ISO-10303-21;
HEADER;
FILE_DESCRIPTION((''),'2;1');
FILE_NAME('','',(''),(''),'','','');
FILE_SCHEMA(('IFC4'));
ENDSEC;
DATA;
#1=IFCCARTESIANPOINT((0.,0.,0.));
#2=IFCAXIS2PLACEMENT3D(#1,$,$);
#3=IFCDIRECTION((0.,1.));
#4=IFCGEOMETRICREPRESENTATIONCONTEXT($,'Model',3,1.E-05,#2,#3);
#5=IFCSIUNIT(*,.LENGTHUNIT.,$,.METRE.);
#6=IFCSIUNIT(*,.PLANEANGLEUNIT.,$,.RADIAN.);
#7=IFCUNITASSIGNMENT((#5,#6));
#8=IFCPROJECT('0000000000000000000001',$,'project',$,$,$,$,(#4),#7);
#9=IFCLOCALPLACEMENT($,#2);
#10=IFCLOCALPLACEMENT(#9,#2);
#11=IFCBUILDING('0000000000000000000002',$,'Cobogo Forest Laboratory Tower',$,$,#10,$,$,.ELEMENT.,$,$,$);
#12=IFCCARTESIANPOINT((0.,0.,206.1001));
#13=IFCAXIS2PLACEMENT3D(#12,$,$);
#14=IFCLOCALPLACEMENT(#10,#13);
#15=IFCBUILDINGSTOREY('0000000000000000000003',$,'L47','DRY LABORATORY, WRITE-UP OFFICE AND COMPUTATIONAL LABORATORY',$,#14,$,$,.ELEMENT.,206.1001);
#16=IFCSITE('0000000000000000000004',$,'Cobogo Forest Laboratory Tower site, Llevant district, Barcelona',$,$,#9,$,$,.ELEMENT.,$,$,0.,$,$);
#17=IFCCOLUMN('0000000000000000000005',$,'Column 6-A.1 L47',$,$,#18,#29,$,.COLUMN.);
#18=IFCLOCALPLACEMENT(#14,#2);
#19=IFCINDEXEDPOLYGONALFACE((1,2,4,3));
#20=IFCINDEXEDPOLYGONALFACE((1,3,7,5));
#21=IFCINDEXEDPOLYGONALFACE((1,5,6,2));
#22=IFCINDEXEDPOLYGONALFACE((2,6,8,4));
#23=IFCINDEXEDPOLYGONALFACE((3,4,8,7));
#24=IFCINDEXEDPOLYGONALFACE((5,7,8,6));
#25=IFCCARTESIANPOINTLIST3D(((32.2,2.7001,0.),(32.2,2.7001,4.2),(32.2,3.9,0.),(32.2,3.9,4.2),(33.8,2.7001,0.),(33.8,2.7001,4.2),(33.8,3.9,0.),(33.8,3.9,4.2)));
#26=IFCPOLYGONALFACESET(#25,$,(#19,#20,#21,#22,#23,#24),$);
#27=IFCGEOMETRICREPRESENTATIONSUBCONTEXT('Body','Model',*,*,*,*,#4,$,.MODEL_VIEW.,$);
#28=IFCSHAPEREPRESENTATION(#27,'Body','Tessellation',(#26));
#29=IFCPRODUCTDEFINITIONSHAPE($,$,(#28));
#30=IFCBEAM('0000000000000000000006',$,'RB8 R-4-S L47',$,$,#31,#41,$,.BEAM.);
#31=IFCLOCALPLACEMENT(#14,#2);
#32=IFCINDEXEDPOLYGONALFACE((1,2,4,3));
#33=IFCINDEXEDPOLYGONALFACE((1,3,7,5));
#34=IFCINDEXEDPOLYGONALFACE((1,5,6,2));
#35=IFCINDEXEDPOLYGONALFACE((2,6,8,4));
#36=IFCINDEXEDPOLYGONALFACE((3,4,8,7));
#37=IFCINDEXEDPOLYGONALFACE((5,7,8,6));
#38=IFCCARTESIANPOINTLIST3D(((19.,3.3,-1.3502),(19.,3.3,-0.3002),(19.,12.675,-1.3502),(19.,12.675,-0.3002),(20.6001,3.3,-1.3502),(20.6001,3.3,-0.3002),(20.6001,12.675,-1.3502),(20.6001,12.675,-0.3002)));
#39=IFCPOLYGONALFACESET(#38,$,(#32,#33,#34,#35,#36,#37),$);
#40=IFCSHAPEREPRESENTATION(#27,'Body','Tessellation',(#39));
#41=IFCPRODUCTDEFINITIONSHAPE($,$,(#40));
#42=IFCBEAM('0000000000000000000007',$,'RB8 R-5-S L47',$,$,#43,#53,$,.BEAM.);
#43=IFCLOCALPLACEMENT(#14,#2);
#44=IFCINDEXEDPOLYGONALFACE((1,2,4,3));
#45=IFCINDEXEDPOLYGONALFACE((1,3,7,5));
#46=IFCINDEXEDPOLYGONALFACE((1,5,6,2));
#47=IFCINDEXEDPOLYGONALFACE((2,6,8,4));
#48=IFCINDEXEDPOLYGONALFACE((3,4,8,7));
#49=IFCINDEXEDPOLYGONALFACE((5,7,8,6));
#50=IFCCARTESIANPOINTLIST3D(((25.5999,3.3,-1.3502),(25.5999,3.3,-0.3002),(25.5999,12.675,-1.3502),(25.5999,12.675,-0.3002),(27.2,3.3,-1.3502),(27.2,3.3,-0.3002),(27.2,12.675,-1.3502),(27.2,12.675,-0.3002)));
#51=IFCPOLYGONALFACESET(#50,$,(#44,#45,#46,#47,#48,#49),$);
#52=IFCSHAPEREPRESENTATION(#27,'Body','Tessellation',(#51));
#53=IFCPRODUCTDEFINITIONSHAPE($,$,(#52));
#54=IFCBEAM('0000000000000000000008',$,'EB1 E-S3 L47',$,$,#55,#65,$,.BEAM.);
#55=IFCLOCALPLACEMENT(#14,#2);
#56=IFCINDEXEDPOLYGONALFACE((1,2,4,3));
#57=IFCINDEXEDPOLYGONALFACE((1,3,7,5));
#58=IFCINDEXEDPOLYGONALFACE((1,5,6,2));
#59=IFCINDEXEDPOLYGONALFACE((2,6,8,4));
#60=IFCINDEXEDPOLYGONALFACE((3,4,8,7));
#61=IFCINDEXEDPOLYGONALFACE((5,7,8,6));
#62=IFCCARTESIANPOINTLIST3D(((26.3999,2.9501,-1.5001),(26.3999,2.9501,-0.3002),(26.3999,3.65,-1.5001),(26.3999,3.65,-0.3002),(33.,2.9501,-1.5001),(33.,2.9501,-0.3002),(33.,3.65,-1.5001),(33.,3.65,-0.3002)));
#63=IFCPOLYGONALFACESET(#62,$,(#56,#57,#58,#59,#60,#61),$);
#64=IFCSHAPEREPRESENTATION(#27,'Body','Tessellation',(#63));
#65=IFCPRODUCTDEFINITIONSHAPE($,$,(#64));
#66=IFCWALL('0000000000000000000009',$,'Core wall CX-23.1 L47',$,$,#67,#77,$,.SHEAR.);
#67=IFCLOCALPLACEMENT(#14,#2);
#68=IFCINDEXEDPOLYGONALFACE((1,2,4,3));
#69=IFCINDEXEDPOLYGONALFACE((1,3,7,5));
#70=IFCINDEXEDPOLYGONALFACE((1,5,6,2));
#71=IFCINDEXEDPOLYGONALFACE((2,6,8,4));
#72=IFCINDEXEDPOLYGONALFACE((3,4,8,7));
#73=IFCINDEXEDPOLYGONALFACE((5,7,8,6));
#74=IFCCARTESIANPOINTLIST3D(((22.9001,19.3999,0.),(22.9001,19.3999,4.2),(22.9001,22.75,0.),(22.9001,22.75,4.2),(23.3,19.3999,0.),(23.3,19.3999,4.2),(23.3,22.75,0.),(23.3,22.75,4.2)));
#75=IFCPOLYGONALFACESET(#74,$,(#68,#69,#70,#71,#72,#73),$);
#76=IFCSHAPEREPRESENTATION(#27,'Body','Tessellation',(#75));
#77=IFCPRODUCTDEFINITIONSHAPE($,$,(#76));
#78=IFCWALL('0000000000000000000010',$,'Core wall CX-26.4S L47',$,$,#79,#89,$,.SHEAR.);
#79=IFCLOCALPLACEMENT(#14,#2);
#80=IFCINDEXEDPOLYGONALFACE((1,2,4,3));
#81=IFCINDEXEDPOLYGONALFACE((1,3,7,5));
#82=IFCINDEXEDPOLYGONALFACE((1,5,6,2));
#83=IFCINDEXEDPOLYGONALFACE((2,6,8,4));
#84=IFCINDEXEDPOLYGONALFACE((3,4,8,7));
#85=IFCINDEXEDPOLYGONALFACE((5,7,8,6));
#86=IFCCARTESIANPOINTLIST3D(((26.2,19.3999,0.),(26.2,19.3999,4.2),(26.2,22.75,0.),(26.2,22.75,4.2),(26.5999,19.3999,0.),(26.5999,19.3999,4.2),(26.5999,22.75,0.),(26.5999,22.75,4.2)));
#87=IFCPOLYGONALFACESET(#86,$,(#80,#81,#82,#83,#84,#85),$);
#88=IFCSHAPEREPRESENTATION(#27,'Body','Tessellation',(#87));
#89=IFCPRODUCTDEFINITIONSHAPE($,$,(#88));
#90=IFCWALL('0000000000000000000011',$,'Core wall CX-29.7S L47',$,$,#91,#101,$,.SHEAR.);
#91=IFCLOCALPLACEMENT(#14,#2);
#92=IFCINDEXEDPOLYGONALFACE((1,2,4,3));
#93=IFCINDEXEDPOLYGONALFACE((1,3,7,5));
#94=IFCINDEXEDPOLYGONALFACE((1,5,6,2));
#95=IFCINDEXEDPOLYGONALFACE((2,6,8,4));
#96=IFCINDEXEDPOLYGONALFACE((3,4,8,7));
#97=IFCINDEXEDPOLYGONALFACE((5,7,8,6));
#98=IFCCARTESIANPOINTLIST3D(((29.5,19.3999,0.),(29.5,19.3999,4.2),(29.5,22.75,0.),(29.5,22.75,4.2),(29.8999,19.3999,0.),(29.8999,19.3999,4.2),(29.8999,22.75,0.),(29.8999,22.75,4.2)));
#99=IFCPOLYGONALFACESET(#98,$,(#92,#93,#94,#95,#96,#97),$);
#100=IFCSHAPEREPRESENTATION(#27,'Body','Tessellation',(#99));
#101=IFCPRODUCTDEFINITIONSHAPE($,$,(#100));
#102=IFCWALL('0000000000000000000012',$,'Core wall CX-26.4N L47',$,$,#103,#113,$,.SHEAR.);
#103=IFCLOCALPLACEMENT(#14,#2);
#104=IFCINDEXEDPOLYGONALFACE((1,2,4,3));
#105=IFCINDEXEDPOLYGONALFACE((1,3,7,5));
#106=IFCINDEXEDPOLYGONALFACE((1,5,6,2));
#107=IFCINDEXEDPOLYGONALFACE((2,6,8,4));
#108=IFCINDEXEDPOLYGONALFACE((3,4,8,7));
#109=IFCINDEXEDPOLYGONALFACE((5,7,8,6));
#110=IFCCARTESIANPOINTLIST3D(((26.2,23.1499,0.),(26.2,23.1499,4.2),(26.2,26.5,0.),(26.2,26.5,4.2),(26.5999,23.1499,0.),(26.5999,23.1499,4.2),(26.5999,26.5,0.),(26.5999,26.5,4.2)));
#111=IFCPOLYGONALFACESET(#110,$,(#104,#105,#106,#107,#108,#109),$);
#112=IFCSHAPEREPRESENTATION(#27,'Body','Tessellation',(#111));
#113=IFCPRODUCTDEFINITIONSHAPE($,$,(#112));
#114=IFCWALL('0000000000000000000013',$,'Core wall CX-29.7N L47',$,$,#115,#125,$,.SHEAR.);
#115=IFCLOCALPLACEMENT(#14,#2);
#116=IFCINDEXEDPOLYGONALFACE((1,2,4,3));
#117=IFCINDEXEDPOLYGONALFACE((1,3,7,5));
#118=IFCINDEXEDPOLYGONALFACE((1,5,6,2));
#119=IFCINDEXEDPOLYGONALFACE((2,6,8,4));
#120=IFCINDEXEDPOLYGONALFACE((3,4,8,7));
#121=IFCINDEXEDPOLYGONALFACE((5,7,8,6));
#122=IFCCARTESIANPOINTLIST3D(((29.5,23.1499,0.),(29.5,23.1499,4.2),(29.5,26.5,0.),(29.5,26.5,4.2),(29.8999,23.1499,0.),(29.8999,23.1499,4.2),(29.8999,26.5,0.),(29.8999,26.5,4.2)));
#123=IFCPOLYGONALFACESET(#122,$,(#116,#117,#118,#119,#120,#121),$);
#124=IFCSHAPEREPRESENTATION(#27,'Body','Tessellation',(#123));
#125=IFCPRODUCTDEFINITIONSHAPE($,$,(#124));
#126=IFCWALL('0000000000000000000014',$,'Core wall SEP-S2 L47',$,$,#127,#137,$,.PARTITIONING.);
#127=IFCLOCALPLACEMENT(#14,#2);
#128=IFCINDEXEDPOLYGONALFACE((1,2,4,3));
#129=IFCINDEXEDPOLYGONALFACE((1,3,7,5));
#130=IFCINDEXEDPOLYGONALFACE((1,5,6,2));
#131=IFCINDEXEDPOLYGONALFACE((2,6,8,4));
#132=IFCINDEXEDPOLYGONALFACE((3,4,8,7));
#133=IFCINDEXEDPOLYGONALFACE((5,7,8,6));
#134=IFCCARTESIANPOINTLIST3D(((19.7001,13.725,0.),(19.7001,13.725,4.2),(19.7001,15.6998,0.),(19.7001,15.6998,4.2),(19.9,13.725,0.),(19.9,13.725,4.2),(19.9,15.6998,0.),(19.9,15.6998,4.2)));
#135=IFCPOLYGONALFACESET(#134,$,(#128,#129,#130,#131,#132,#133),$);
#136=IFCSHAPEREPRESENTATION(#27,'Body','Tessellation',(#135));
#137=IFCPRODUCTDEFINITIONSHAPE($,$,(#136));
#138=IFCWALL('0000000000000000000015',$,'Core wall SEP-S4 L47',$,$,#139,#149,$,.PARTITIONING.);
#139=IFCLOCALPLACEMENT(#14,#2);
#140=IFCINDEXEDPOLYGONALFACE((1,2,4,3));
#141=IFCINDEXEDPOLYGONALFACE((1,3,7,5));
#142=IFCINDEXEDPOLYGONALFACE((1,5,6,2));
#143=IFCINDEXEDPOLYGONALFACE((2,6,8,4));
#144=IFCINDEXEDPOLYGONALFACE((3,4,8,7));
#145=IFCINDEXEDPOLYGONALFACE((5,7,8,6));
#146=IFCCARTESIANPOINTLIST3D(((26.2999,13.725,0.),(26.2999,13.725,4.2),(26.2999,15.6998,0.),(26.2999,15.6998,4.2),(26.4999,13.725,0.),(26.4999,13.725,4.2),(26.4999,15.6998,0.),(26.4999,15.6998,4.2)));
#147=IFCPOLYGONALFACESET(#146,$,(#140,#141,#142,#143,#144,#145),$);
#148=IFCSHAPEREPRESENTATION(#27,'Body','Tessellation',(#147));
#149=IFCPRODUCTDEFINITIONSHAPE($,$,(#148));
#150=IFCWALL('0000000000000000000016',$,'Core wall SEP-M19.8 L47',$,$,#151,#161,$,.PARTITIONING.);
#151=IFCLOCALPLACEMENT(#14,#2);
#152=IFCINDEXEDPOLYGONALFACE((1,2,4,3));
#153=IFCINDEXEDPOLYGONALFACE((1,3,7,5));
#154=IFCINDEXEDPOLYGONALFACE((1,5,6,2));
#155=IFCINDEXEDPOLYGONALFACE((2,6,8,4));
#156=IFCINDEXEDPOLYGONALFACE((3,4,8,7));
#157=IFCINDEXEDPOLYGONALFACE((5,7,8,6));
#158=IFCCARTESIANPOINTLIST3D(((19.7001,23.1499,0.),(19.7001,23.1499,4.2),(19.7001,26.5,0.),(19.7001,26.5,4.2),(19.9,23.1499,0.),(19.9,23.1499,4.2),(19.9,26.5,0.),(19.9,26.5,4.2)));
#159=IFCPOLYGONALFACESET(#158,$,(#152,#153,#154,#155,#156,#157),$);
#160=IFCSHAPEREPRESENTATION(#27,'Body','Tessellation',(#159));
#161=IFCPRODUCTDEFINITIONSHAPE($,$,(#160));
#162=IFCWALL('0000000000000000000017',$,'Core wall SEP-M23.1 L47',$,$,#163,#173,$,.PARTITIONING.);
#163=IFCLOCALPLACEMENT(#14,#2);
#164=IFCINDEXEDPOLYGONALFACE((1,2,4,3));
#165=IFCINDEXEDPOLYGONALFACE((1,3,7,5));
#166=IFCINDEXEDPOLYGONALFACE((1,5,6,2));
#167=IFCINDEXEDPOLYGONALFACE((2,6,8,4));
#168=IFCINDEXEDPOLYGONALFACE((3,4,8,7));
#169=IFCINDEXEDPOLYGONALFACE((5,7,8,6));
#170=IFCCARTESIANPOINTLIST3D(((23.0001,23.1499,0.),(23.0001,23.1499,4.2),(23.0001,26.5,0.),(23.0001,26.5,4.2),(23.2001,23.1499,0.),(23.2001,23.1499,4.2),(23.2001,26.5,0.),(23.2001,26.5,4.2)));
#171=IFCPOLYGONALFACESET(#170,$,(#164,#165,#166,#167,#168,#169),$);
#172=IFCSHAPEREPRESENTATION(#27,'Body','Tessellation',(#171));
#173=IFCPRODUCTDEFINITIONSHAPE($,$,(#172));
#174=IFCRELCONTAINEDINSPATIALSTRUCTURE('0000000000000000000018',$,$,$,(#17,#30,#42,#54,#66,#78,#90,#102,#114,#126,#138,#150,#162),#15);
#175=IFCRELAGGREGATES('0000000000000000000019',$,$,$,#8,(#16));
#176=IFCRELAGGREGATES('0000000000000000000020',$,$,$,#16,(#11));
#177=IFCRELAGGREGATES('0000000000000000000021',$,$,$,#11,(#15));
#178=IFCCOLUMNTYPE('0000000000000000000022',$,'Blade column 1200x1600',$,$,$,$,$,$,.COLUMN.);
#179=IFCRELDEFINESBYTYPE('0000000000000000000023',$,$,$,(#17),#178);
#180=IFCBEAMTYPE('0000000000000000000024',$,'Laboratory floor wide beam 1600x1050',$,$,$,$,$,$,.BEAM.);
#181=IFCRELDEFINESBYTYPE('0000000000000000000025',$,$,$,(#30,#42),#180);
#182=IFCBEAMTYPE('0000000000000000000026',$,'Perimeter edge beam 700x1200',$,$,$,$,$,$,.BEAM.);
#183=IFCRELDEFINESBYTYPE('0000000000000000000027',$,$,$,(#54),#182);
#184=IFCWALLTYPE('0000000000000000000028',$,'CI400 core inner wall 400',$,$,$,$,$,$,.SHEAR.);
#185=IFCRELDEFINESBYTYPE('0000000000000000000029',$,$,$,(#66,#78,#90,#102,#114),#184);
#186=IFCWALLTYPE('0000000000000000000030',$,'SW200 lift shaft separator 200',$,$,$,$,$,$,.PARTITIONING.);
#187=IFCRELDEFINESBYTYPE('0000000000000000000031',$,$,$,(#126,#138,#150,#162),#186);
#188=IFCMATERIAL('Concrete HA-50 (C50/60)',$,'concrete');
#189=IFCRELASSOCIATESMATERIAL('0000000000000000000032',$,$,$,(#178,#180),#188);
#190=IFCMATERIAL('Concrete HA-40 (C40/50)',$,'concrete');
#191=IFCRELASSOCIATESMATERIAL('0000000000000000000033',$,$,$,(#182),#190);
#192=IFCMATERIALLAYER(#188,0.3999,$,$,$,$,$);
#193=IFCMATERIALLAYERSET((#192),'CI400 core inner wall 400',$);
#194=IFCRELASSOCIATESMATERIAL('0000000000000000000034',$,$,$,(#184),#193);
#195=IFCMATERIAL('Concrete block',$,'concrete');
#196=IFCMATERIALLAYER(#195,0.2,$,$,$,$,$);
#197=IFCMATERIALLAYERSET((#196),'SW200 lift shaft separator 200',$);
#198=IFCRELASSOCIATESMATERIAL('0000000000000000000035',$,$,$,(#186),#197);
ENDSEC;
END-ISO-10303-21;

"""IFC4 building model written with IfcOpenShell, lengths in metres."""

from ifc_helpers import new_model, si_unit, direction, frame, frame_2d, origin, origin_2d, place, context, subcontext, project, spatial, rectangle, extrude, material, layer, layer_set, material_profile, profile_set, type_object, element, save


model = new_model("IFC4")

# Units and contexts
model_context = context("Model", 3, precision=1e-05, world=origin(), true_north=direction((0.0, 1.0)))
body_context = subcontext(model_context, "Body", "Model", "MODEL_VIEW")
ifc_project = project(units=[si_unit("LENGTHUNIT", "METRE"), si_unit("PLANEANGLEUNIT", "RADIAN")], contexts=[model_context])

# Site, building, storey
site_placement = place(None, origin())
site = spatial("IfcSite", under=ifc_project, at=site_placement, Name="Cobogo Forest Laboratory Tower site, Llevant district, Barcelona", CompositionType="ELEMENT", RefElevation=0.0)
building_placement = place(site_placement, origin())
building = spatial("IfcBuilding", under=site, at=building_placement, Name="Cobogo Forest Laboratory Tower", CompositionType="ELEMENT")
storey_placement = place(building_placement, frame((0.0, 0.0, 206.1001)))
storey = spatial("IfcBuildingStorey", under=building, at=storey_placement, Name="L47", Description="DRY LABORATORY, WRITE-UP OFFICE AND COMPUTATIONAL LABORATORY", CompositionType="ELEMENT", Elevation=206.1001)

# Column
ifc_material_1 = material(Name="Concrete HA-50 (C50/60)", Category="concrete")
ifc_material_profile_1 = material_profile(ifc_material_1, rectangle(XDim=1.6001, YDim=1.2, at=origin_2d()), Name="RC 1200x1600")
ifc_profile_set_1 = profile_set([ifc_material_profile_1], Name="Concrete HA-50 (C50/60)")
column_type = type_object("IfcColumnType", Name="Blade column 1200x1600", PredefinedType="COLUMN", material=ifc_profile_set_1)
column_placement = place(storey_placement, frame((33.0, 3.3, 0.0), z_axis=(0.0, 0.0, 1.0), x_axis=(1.0, 0.0, 0.0)))
element("IfcColumn", 1, at=column_placement, inside=storey, type_object=column_type, Name="Column 6-A.1 L47", PredefinedType="COLUMN", context=body_context, shape_type="SweptSolid", body=[
    extrude(rectangle(XDim=1.6001, YDim=1.2, at=origin_2d()), origin(), (0.0, 0.0, 1.0), 4.2),
])

# Beams
ifc_material_profile_2 = material_profile(ifc_material_1, rectangle(XDim=1.6001, YDim=1.05, at=origin_2d()), Name="RC 1600x1050")
ifc_profile_set_2 = profile_set([ifc_material_profile_2], Name="Concrete HA-50 (C50/60)")
beam_type_1 = type_object("IfcBeamType", Name="Laboratory floor wide beam 1600x1050", PredefinedType="BEAM", material=ifc_profile_set_2)
for number, where, z_axis, x_axis, name in (
    (2, (19.8, 12.675, -0.8252), (0.0, -1.0, 0.0), (1.0, 0.0, 0.0), "RB8 R-4-S L47"),
    (3, (26.3999, 12.675, -0.8252), (0.0, -1.0, 0.0), (1.0, 0.0, 0.0), "RB8 R-5-S L47"),
):
    element("IfcBeam", number, at=place(storey_placement, frame(where, z_axis=z_axis, x_axis=x_axis)), inside=storey, type_object=beam_type_1, Name=name, PredefinedType="BEAM", context=body_context, shape_type="SweptSolid", body=[
        extrude(rectangle(XDim=1.6001, YDim=1.05, at=origin_2d()), origin(), (0.0, 0.0, 1.0), 9.375),
    ])
ifc_material_2 = material(Name="Concrete HA-40 (C40/50)", Category="concrete")
ifc_material_profile_3 = material_profile(ifc_material_2, rectangle(XDim=0.7, YDim=1.2, at=origin_2d()), Name="RC 700x1200")
ifc_profile_set_3 = profile_set([ifc_material_profile_3], Name="Concrete HA-40 (C40/50)")
beam_type_2 = type_object("IfcBeamType", Name="Perimeter edge beam 700x1200", PredefinedType="BEAM", material=ifc_profile_set_3)
beam_placement = place(storey_placement, frame((26.3999, 3.3, -0.9001), z_axis=(1.0, 0.0, 0.0), x_axis=(0.0, 1.0, 0.0)))
element("IfcBeam", 4, at=beam_placement, inside=storey, type_object=beam_type_2, Name="EB1 E-S3 L47", PredefinedType="BEAM", context=body_context, shape_type="SweptSolid", body=[
    extrude(rectangle(XDim=0.7, YDim=1.2, at=origin_2d()), origin(), (0.0, 0.0, 1.0), 6.6001),
])

# Walls
ifc_layer_1 = layer(ifc_material_1, 0.3999)
ifc_layer_set_1 = layer_set([ifc_layer_1], Name="CI400 core inner wall 400")
wall_type_1 = type_object("IfcWallType", Name="CI400 core inner wall 400", PredefinedType="SHEAR", material=ifc_layer_set_1)
for number, where, z_axis, x_axis, name in (
    (5, (23.1001, 19.3999, 0.0), (0.0, 0.0, 1.0), (0.0, 1.0, 0.0), "Core wall CX-23.1 L47"),
    (6, (26.3999, 19.3999, 0.0), (0.0, 0.0, 1.0), (0.0, 1.0, 0.0), "Core wall CX-26.4S L47"),
    (7, (29.7, 19.3999, 0.0), (0.0, 0.0, 1.0), (0.0, 1.0, 0.0), "Core wall CX-29.7S L47"),
    (8, (26.3999, 23.1499, 0.0), (0.0, 0.0, 1.0), (0.0, 1.0, 0.0), "Core wall CX-26.4N L47"),
    (9, (29.7, 23.1499, 0.0), (0.0, 0.0, 1.0), (0.0, 1.0, 0.0), "Core wall CX-29.7N L47"),
):
    element("IfcWall", number, at=place(storey_placement, frame(where, z_axis=z_axis, x_axis=x_axis)), inside=storey, type_object=wall_type_1, Name=name, PredefinedType="SHEAR", context=body_context, shape_type="SweptSolid", body=[
        extrude(rectangle(XDim=3.3501, YDim=0.3999, at=frame_2d((1.675, 0.0))), origin(), (0.0, 0.0, 1.0), 4.2),
    ])
ifc_material_3 = material(Name="Concrete block", Category="concrete")
ifc_layer_2 = layer(ifc_material_3, 0.2)
ifc_layer_set_2 = layer_set([ifc_layer_2], Name="SW200 lift shaft separator 200")
wall_type_2 = type_object("IfcWallType", Name="SW200 lift shaft separator 200", PredefinedType="PARTITIONING", material=ifc_layer_set_2)
for number, where, z_axis, x_axis, name in (
    (10, (19.8, 13.7251, 0.0), (0.0, 0.0, 1.0), (0.0, 1.0, 0.0), "Core wall SEP-S2 L47"),
    (11, (26.3999, 13.7251, 0.0), (0.0, 0.0, 1.0), (0.0, 1.0, 0.0), "Core wall SEP-S4 L47"),
):
    element("IfcWall", number, at=place(storey_placement, frame(where, z_axis=z_axis, x_axis=x_axis)), inside=storey, type_object=wall_type_2, Name=name, PredefinedType="PARTITIONING", context=body_context, shape_type="SweptSolid", body=[
        extrude(rectangle(XDim=1.9749, YDim=0.2, at=frame_2d((0.9873, 0.0))), origin(), (0.0, 0.0, 1.0), 4.2),
    ])
for number, where, z_axis, x_axis, name in (
    (12, (19.8, 23.1499, 0.0), (0.0, 0.0, 1.0), (0.0, 1.0, 0.0), "Core wall SEP-M19.8 L47"),
    (13, (23.1001, 23.1499, 0.0), (0.0, 0.0, 1.0), (0.0, 1.0, 0.0), "Core wall SEP-M23.1 L47"),
):
    element("IfcWall", number, at=place(storey_placement, frame(where, z_axis=z_axis, x_axis=x_axis)), inside=storey, type_object=wall_type_2, Name=name, PredefinedType="PARTITIONING", context=body_context, shape_type="SweptSolid", body=[
        extrude(rectangle(XDim=3.3501, YDim=0.2, at=frame_2d((1.675, 0.0))), origin(), (0.0, 0.0, 1.0), 4.2),
    ])

save(model, "model.ifc")
